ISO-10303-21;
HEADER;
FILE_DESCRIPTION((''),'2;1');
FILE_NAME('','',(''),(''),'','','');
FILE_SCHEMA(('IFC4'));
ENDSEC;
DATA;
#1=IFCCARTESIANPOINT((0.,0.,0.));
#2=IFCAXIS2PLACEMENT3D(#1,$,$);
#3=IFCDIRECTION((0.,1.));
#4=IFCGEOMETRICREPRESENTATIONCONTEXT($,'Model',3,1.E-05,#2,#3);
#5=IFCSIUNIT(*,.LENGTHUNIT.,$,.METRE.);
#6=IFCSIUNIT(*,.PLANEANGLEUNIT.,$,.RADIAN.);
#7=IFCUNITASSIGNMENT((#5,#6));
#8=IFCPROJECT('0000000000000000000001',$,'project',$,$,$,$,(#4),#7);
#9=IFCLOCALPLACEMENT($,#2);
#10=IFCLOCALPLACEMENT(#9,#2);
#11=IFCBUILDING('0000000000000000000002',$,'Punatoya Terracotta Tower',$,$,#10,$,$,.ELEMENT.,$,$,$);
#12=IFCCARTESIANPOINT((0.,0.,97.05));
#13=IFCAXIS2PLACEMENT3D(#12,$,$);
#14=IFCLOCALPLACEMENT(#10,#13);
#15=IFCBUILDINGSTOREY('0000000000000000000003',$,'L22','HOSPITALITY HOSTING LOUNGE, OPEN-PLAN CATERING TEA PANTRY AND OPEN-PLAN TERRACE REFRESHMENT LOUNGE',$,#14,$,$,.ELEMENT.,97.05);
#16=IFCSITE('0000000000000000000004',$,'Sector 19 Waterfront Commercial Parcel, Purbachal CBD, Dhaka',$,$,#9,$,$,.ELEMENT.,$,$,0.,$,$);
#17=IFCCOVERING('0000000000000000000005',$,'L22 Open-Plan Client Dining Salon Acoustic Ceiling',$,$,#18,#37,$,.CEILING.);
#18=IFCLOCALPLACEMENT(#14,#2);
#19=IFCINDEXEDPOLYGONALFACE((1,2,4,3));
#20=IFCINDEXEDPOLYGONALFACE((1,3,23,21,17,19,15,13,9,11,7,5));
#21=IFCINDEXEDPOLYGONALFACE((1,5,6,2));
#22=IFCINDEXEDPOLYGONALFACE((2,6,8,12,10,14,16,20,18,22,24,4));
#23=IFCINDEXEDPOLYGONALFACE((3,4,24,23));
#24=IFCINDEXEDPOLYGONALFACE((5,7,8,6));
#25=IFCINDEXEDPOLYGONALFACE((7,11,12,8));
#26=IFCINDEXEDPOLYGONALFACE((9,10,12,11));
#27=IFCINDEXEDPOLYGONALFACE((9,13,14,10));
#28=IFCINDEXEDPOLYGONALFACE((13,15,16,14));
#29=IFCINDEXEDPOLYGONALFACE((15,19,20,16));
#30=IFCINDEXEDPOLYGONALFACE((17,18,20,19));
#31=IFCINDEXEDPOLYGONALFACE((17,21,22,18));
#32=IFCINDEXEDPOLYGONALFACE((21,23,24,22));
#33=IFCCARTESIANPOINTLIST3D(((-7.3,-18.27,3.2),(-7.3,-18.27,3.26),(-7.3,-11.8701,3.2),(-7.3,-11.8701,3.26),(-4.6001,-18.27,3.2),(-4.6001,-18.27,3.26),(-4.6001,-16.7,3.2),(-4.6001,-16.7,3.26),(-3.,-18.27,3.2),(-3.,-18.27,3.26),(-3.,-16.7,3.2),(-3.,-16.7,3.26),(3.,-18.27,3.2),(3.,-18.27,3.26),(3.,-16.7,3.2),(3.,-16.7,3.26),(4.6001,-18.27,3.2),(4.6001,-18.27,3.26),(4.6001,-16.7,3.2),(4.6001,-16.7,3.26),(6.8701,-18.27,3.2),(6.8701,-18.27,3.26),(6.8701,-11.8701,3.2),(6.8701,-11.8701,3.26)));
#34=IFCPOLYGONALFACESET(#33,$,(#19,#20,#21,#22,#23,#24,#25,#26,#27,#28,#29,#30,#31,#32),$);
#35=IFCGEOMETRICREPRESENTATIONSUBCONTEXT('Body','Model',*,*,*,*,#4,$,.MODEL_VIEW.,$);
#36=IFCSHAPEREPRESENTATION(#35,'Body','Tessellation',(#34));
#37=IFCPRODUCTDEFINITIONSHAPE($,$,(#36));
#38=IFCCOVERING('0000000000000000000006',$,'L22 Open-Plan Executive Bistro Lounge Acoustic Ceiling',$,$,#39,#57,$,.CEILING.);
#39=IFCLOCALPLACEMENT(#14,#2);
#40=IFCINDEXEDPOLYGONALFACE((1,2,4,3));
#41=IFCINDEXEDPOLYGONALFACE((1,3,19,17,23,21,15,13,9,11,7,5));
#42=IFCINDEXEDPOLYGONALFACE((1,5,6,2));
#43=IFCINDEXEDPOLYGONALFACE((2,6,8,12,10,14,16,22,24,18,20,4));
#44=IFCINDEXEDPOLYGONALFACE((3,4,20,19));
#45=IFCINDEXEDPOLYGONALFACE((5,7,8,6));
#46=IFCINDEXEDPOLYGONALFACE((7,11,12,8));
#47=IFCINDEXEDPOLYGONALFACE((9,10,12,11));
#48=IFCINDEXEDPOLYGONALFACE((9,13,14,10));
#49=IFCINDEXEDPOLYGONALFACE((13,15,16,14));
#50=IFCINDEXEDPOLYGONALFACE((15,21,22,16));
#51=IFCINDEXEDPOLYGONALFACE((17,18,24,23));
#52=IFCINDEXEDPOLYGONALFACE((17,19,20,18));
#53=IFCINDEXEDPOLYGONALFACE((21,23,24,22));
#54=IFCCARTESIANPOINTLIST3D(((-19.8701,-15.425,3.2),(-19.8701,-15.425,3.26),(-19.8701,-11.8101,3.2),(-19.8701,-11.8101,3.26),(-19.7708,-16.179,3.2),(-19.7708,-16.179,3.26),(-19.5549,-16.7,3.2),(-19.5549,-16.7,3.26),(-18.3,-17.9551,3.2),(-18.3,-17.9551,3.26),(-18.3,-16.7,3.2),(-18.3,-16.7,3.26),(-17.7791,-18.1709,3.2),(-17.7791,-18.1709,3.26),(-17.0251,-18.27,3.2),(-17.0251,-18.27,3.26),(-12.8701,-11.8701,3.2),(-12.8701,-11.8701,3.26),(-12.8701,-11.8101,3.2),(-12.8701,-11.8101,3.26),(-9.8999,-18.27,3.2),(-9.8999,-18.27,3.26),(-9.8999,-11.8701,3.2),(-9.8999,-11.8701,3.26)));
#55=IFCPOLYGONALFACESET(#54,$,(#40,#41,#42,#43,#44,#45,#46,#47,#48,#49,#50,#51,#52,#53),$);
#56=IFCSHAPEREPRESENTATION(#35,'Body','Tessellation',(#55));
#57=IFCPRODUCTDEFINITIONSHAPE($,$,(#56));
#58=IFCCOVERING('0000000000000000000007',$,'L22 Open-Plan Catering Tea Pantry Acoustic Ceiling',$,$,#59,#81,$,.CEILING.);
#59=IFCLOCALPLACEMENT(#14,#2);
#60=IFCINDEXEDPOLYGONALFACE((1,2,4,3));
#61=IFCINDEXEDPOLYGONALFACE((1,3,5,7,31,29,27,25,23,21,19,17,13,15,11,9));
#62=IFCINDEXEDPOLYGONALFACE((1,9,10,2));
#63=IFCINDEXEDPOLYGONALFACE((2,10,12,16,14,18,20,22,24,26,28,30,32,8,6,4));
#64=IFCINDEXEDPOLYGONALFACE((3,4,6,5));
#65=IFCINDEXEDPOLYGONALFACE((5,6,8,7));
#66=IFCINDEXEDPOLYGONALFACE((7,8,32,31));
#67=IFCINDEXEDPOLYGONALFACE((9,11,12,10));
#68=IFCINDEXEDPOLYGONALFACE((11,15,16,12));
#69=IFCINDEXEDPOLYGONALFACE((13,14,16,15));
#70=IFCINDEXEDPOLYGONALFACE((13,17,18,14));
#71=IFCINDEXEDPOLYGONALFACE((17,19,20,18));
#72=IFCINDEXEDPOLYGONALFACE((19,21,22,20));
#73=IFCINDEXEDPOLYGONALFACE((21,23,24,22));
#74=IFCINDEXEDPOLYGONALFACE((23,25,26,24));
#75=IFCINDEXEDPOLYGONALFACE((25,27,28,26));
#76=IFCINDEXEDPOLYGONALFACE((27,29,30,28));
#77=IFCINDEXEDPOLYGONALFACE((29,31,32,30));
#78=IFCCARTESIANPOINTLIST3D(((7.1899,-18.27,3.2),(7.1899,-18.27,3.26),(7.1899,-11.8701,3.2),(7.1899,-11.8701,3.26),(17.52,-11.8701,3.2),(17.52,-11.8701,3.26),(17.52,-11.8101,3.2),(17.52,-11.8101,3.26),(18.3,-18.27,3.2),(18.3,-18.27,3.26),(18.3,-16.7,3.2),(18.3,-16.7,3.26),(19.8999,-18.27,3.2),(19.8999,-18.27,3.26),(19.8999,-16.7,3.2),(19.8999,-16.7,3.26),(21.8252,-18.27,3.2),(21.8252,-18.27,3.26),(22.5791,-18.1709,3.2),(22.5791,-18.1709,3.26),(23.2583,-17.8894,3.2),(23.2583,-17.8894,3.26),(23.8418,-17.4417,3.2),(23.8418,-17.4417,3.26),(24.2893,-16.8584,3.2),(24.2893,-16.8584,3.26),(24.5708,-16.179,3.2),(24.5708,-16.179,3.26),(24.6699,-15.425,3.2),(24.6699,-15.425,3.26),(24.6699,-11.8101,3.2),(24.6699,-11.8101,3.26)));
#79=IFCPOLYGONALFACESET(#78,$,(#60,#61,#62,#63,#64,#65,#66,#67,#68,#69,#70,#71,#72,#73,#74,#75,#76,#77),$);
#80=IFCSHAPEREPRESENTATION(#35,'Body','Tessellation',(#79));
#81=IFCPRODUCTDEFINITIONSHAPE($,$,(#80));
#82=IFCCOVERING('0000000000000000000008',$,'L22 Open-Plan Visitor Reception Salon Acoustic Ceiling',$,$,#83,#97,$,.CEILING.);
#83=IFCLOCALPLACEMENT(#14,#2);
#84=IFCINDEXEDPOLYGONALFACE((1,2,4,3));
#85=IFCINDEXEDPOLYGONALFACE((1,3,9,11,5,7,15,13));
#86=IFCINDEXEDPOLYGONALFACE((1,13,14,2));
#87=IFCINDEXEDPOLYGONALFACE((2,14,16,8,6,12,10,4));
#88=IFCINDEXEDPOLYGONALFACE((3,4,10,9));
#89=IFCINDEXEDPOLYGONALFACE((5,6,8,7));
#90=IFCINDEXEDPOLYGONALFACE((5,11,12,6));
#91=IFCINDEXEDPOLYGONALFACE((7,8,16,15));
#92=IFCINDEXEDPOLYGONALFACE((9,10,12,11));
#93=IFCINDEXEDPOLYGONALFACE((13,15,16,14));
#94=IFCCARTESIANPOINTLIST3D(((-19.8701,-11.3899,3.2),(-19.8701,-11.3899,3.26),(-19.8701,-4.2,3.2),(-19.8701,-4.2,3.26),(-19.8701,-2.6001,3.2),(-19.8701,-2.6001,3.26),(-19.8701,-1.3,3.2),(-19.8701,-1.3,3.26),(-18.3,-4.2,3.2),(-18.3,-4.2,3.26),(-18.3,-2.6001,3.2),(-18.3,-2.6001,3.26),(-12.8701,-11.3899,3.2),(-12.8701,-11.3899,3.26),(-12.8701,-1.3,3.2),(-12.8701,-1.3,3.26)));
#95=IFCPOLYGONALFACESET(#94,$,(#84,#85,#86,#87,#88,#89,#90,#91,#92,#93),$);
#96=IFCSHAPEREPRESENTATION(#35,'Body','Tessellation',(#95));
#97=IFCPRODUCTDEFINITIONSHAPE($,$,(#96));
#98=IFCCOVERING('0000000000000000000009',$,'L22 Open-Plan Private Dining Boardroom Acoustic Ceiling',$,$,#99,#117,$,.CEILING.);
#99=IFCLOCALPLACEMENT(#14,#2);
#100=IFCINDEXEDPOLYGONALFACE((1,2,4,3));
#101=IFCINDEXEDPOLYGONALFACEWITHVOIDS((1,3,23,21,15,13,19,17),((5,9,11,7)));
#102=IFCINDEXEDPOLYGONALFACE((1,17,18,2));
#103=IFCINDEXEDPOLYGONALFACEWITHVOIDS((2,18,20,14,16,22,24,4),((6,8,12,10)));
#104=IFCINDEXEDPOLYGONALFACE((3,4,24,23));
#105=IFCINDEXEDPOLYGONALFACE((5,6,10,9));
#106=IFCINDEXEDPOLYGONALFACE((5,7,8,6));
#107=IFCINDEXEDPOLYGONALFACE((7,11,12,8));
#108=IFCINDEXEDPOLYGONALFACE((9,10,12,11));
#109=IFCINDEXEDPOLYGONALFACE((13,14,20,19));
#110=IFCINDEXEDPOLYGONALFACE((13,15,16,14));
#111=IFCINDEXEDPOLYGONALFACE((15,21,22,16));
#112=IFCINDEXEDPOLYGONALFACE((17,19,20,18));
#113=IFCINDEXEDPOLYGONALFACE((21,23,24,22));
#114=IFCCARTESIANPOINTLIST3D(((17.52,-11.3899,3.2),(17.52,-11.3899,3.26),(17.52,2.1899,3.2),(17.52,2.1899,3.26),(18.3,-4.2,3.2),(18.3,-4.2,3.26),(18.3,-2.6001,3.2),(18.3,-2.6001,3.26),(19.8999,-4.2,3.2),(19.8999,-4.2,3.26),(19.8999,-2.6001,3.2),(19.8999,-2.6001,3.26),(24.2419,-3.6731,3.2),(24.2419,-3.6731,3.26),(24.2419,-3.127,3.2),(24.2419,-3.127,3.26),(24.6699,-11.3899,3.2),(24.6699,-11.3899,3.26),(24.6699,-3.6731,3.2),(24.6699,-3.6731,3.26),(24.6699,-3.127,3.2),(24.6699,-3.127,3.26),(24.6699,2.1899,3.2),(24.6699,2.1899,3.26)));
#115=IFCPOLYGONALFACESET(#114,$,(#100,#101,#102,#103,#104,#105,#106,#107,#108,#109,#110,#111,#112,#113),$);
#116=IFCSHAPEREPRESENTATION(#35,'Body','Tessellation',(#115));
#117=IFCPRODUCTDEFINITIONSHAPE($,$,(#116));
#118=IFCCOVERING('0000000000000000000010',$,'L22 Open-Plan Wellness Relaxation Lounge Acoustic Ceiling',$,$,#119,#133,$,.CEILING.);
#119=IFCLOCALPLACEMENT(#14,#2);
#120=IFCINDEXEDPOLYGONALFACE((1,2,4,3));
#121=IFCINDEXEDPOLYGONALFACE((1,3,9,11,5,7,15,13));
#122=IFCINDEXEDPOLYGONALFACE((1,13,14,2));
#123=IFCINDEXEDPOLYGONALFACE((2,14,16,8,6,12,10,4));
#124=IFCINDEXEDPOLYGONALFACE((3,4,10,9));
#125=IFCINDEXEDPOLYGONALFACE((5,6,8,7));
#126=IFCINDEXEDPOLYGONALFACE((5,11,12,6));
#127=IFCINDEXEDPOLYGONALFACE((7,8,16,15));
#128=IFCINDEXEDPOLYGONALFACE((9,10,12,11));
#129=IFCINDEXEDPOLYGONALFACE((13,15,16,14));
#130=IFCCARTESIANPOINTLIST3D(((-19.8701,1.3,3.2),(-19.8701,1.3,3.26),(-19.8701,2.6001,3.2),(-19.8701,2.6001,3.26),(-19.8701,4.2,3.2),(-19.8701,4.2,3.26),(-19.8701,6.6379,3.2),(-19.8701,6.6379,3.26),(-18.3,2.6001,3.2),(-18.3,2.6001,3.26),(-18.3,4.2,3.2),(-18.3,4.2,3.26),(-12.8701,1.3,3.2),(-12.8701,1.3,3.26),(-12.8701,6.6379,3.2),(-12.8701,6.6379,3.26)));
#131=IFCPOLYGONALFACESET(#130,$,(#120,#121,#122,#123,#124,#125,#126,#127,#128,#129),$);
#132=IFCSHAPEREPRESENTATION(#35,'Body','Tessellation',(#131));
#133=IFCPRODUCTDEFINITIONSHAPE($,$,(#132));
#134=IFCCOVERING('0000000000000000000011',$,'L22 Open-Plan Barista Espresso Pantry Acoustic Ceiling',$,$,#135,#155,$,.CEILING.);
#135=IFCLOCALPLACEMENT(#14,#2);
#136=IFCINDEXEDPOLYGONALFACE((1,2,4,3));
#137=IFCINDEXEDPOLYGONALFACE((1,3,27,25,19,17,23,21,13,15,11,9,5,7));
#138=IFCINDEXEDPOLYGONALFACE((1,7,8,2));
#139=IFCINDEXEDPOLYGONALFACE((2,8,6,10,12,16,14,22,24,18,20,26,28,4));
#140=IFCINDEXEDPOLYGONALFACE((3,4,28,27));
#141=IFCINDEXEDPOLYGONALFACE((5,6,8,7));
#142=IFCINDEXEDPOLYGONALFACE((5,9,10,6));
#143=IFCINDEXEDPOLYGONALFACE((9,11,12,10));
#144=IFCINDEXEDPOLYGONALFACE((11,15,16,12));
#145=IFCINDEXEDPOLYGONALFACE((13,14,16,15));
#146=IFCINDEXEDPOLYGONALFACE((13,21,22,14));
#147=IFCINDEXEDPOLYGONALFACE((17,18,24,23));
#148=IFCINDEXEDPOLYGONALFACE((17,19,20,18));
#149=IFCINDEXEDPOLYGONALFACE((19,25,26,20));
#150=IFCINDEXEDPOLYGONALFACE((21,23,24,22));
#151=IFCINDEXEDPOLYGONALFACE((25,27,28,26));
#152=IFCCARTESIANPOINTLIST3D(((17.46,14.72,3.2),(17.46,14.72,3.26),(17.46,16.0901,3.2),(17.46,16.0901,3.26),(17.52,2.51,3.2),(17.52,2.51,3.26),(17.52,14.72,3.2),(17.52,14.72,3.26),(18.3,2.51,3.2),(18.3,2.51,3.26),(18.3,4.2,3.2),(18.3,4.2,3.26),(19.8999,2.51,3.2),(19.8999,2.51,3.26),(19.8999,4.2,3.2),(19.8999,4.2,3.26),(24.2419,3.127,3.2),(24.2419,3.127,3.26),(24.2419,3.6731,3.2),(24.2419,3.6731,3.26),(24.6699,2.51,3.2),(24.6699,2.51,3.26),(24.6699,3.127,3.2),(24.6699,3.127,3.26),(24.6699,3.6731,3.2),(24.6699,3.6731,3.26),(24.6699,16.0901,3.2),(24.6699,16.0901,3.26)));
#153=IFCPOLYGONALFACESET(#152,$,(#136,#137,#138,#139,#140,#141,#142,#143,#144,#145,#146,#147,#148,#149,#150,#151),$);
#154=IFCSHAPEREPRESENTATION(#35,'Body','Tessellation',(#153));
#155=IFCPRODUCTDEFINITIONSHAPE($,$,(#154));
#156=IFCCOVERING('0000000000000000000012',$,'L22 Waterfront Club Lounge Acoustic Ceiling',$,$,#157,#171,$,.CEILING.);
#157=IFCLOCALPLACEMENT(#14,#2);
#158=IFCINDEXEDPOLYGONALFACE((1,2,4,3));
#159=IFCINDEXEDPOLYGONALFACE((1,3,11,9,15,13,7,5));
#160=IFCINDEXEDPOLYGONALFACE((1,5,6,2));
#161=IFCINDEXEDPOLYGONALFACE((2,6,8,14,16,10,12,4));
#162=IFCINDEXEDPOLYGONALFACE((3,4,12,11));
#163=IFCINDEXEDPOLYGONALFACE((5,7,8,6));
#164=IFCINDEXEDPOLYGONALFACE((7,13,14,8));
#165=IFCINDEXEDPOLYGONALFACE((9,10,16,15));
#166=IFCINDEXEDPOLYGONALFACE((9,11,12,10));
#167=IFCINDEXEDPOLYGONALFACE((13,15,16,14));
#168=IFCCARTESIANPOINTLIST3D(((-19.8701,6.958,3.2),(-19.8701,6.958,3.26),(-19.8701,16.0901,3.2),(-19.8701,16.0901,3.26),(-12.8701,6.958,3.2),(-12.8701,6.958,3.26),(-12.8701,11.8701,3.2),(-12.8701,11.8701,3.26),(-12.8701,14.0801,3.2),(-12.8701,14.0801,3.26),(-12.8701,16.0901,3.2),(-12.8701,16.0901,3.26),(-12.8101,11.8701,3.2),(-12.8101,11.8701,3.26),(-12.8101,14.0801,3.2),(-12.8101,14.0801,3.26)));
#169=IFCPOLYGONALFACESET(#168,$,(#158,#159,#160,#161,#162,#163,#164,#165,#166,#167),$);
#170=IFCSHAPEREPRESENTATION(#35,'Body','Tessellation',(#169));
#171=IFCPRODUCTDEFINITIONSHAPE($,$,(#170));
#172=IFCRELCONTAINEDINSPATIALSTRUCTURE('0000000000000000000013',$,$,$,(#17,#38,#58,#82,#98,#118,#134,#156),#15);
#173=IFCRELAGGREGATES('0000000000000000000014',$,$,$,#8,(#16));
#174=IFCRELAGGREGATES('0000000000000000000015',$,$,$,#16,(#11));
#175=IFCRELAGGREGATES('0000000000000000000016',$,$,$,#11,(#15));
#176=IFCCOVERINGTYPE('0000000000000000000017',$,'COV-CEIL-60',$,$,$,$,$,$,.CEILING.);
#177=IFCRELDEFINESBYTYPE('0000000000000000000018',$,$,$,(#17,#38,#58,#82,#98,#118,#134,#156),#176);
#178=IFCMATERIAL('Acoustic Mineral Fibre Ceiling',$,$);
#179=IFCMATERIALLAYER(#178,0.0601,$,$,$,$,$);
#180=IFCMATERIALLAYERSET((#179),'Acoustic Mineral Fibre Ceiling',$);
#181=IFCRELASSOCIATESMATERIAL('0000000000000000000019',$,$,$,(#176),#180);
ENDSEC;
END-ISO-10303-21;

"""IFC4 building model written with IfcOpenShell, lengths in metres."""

from ifc_helpers import new_model, si_unit, direction, frame, origin, place, context, subcontext, project, spatial, polyline, outline, extrude, material, layer, layer_set, type_object, element, save


model = new_model("IFC4")

# Units and contexts
model_context = context("Model", 3, precision=1e-05, world=origin(), true_north=direction((0.0, 1.0)))
body_context = subcontext(model_context, "Body", "Model", "MODEL_VIEW")
ifc_project = project(units=[si_unit("LENGTHUNIT", "METRE"), si_unit("PLANEANGLEUNIT", "RADIAN")], contexts=[model_context])

# Site, building, storey
site_placement = place(None, origin())
site = spatial("IfcSite", under=ifc_project, at=site_placement, Name="Sector 19 Waterfront Commercial Parcel, Purbachal CBD, Dhaka", CompositionType="ELEMENT", RefElevation=0.0)
building_placement = place(site_placement, origin())
building = spatial("IfcBuilding", under=site, at=building_placement, Name="Punatoya Terracotta Tower", CompositionType="ELEMENT")
storey_placement = place(building_placement, frame((0.0, 0.0, 97.05)))
storey = spatial("IfcBuildingStorey", under=building, at=storey_placement, Name="L22", Description="HOSPITALITY HOSTING LOUNGE, OPEN-PLAN CATERING TEA PANTRY AND OPEN-PLAN TERRACE REFRESHMENT LOUNGE", CompositionType="ELEMENT", Elevation=97.05)

# Coverings
ifc_material_1 = material(Name="Acoustic Mineral Fibre Ceiling")
ifc_layer_1 = layer(ifc_material_1, 0.0601)
ifc_layer_set_1 = layer_set([ifc_layer_1], Name="Acoustic Mineral Fibre Ceiling")
covering_type = type_object("IfcCoveringType", Name="COV-CEIL-60", PredefinedType="CEILING", material=ifc_layer_set_1)
covering_1_placement = place(storey_placement, frame((0.0, 0.0, 3.2)))
element("IfcCovering", 1, at=covering_1_placement, inside=storey, type_object=covering_type, Name="L22 Open-Plan Client Dining Salon Acoustic Ceiling", PredefinedType="CEILING", context=body_context, shape_type="SweptSolid", body=[
    extrude(outline(polyline([(-3.0, -18.27), (3.0, -18.27), (3.0, -16.7), (4.6001, -16.7), (4.6001, -18.27), (6.8701, -18.27), (6.8701, -11.8701), (-7.3, -11.8701), (-7.3, -18.27), (-4.6001, -18.27), (-4.6001, -16.7), (-3.0, -16.7), (-3.0, -18.27)])), origin(), (0.0, 0.0, 1.0), 0.0601),
])
covering_2_placement = place(storey_placement, frame((0.0, 0.0, 3.2)))
element("IfcCovering", 2, at=covering_2_placement, inside=storey, type_object=covering_type, Name="L22 Open-Plan Executive Bistro Lounge Acoustic Ceiling", PredefinedType="CEILING", context=body_context, shape_type="SweptSolid", body=[
    extrude(outline(polyline([(-17.0251, -18.27), (-9.8999, -18.27), (-9.8999, -11.8701), (-12.8701, -11.8701), (-12.8701, -11.8101), (-19.8701, -11.8101), (-19.8701, -15.425), (-19.7708, -16.179), (-19.5549, -16.7), (-18.3, -16.7), (-18.3, -17.9551), (-17.7791, -18.1709), (-17.0251, -18.27)])), origin(), (0.0, 0.0, 1.0), 0.0601),
])
covering_3_placement = place(storey_placement, frame((0.0, 0.0, 3.2)))
element("IfcCovering", 3, at=covering_3_placement, inside=storey, type_object=covering_type, Name="L22 Open-Plan Catering Tea Pantry Acoustic Ceiling", PredefinedType="CEILING", context=body_context, shape_type="SweptSolid", body=[
    extrude(outline(polyline([(17.52, -11.8701), (7.1899, -11.8701), (7.1899, -18.27), (18.3, -18.27), (18.3, -16.7), (19.8999, -16.7), (19.8999, -18.27), (21.8252, -18.27), (22.5791, -18.1709), (23.2583, -17.8894), (23.8418, -17.4417), (24.2893, -16.8584), (24.5708, -16.179), (24.6699, -15.425), (24.6699, -11.8101), (17.52, -11.8101), (17.52, -11.8701)])), origin(), (0.0, 0.0, 1.0), 0.0601),
])
covering_4_placement = place(storey_placement, frame((0.0, 0.0, 3.2)))
element("IfcCovering", 4, at=covering_4_placement, inside=storey, type_object=covering_type, Name="L22 Open-Plan Visitor Reception Salon Acoustic Ceiling", PredefinedType="CEILING", context=body_context, shape_type="SweptSolid", body=[
    extrude(outline(polyline([(-12.8701, -11.3899), (-12.8701, -1.3), (-19.8701, -1.3), (-19.8701, -2.6001), (-18.3, -2.6001), (-18.3, -4.2), (-19.8701, -4.2), (-19.8701, -11.3899), (-12.8701, -11.3899)])), origin(), (0.0, 0.0, 1.0), 0.0601),
])
covering_5_placement = place(storey_placement, frame((0.0, 0.0, 3.2)))
element("IfcCovering", 5, at=covering_5_placement, inside=storey, type_object=covering_type, Name="L22 Open-Plan Private Dining Boardroom Acoustic Ceiling", PredefinedType="CEILING", context=body_context, shape_type="SweptSolid", body=[
    extrude(outline(polyline([(24.6699, -3.127), (24.6699, 2.1899), (17.52, 2.1899), (17.52, -11.3899), (24.6699, -11.3899), (24.6699, -3.6731), (24.2419, -3.6731), (24.2419, -3.127), (24.6699, -3.127)]), holes=[polyline([(18.3, -4.2), (18.3, -2.6001), (19.8999, -2.6001), (19.8999, -4.2), (18.3, -4.2)])]), origin(), (0.0, 0.0, 1.0), 0.0601),
])
covering_6_placement = place(storey_placement, frame((0.0, 0.0, 3.2)))
element("IfcCovering", 6, at=covering_6_placement, inside=storey, type_object=covering_type, Name="L22 Open-Plan Wellness Relaxation Lounge Acoustic Ceiling", PredefinedType="CEILING", context=body_context, shape_type="SweptSolid", body=[
    extrude(outline(polyline([(-12.8701, 1.3), (-12.8701, 6.6379), (-19.8701, 6.6379), (-19.8701, 4.2), (-18.3, 4.2), (-18.3, 2.6001), (-19.8701, 2.6001), (-19.8701, 1.3), (-12.8701, 1.3)])), origin(), (0.0, 0.0, 1.0), 0.0601),
])
covering_7_placement = place(storey_placement, frame((0.0, 0.0, 3.2)))
element("IfcCovering", 7, at=covering_7_placement, inside=storey, type_object=covering_type, Name="L22 Open-Plan Barista Espresso Pantry Acoustic Ceiling", PredefinedType="CEILING", context=body_context, shape_type="SweptSolid", body=[
    extrude(outline(polyline([(17.46, 14.72), (17.52, 14.72), (17.52, 2.51), (18.3, 2.51), (18.3, 4.2), (19.8999, 4.2), (19.8999, 2.51), (24.6699, 2.51), (24.6699, 3.127), (24.2419, 3.127), (24.2419, 3.6731), (24.6699, 3.6731), (24.6699, 16.0901), (17.46, 16.0901), (17.46, 14.72)])), origin(), (0.0, 0.0, 1.0), 0.0601),
])
covering_8_placement = place(storey_placement, frame((0.0, 0.0, 3.2)))
element("IfcCovering", 8, at=covering_8_placement, inside=storey, type_object=covering_type, Name="L22 Waterfront Club Lounge Acoustic Ceiling", PredefinedType="CEILING", context=body_context, shape_type="SweptSolid", body=[
    extrude(outline(polyline([(-12.8701, 6.958), (-12.8701, 11.8701), (-12.8101, 11.8701), (-12.8101, 14.0801), (-12.8701, 14.0801), (-12.8701, 16.0901), (-19.8701, 16.0901), (-19.8701, 6.958), (-12.8701, 6.958)])), origin(), (0.0, 0.0, 1.0), 0.0601),
])

save(model, "model.ifc")
